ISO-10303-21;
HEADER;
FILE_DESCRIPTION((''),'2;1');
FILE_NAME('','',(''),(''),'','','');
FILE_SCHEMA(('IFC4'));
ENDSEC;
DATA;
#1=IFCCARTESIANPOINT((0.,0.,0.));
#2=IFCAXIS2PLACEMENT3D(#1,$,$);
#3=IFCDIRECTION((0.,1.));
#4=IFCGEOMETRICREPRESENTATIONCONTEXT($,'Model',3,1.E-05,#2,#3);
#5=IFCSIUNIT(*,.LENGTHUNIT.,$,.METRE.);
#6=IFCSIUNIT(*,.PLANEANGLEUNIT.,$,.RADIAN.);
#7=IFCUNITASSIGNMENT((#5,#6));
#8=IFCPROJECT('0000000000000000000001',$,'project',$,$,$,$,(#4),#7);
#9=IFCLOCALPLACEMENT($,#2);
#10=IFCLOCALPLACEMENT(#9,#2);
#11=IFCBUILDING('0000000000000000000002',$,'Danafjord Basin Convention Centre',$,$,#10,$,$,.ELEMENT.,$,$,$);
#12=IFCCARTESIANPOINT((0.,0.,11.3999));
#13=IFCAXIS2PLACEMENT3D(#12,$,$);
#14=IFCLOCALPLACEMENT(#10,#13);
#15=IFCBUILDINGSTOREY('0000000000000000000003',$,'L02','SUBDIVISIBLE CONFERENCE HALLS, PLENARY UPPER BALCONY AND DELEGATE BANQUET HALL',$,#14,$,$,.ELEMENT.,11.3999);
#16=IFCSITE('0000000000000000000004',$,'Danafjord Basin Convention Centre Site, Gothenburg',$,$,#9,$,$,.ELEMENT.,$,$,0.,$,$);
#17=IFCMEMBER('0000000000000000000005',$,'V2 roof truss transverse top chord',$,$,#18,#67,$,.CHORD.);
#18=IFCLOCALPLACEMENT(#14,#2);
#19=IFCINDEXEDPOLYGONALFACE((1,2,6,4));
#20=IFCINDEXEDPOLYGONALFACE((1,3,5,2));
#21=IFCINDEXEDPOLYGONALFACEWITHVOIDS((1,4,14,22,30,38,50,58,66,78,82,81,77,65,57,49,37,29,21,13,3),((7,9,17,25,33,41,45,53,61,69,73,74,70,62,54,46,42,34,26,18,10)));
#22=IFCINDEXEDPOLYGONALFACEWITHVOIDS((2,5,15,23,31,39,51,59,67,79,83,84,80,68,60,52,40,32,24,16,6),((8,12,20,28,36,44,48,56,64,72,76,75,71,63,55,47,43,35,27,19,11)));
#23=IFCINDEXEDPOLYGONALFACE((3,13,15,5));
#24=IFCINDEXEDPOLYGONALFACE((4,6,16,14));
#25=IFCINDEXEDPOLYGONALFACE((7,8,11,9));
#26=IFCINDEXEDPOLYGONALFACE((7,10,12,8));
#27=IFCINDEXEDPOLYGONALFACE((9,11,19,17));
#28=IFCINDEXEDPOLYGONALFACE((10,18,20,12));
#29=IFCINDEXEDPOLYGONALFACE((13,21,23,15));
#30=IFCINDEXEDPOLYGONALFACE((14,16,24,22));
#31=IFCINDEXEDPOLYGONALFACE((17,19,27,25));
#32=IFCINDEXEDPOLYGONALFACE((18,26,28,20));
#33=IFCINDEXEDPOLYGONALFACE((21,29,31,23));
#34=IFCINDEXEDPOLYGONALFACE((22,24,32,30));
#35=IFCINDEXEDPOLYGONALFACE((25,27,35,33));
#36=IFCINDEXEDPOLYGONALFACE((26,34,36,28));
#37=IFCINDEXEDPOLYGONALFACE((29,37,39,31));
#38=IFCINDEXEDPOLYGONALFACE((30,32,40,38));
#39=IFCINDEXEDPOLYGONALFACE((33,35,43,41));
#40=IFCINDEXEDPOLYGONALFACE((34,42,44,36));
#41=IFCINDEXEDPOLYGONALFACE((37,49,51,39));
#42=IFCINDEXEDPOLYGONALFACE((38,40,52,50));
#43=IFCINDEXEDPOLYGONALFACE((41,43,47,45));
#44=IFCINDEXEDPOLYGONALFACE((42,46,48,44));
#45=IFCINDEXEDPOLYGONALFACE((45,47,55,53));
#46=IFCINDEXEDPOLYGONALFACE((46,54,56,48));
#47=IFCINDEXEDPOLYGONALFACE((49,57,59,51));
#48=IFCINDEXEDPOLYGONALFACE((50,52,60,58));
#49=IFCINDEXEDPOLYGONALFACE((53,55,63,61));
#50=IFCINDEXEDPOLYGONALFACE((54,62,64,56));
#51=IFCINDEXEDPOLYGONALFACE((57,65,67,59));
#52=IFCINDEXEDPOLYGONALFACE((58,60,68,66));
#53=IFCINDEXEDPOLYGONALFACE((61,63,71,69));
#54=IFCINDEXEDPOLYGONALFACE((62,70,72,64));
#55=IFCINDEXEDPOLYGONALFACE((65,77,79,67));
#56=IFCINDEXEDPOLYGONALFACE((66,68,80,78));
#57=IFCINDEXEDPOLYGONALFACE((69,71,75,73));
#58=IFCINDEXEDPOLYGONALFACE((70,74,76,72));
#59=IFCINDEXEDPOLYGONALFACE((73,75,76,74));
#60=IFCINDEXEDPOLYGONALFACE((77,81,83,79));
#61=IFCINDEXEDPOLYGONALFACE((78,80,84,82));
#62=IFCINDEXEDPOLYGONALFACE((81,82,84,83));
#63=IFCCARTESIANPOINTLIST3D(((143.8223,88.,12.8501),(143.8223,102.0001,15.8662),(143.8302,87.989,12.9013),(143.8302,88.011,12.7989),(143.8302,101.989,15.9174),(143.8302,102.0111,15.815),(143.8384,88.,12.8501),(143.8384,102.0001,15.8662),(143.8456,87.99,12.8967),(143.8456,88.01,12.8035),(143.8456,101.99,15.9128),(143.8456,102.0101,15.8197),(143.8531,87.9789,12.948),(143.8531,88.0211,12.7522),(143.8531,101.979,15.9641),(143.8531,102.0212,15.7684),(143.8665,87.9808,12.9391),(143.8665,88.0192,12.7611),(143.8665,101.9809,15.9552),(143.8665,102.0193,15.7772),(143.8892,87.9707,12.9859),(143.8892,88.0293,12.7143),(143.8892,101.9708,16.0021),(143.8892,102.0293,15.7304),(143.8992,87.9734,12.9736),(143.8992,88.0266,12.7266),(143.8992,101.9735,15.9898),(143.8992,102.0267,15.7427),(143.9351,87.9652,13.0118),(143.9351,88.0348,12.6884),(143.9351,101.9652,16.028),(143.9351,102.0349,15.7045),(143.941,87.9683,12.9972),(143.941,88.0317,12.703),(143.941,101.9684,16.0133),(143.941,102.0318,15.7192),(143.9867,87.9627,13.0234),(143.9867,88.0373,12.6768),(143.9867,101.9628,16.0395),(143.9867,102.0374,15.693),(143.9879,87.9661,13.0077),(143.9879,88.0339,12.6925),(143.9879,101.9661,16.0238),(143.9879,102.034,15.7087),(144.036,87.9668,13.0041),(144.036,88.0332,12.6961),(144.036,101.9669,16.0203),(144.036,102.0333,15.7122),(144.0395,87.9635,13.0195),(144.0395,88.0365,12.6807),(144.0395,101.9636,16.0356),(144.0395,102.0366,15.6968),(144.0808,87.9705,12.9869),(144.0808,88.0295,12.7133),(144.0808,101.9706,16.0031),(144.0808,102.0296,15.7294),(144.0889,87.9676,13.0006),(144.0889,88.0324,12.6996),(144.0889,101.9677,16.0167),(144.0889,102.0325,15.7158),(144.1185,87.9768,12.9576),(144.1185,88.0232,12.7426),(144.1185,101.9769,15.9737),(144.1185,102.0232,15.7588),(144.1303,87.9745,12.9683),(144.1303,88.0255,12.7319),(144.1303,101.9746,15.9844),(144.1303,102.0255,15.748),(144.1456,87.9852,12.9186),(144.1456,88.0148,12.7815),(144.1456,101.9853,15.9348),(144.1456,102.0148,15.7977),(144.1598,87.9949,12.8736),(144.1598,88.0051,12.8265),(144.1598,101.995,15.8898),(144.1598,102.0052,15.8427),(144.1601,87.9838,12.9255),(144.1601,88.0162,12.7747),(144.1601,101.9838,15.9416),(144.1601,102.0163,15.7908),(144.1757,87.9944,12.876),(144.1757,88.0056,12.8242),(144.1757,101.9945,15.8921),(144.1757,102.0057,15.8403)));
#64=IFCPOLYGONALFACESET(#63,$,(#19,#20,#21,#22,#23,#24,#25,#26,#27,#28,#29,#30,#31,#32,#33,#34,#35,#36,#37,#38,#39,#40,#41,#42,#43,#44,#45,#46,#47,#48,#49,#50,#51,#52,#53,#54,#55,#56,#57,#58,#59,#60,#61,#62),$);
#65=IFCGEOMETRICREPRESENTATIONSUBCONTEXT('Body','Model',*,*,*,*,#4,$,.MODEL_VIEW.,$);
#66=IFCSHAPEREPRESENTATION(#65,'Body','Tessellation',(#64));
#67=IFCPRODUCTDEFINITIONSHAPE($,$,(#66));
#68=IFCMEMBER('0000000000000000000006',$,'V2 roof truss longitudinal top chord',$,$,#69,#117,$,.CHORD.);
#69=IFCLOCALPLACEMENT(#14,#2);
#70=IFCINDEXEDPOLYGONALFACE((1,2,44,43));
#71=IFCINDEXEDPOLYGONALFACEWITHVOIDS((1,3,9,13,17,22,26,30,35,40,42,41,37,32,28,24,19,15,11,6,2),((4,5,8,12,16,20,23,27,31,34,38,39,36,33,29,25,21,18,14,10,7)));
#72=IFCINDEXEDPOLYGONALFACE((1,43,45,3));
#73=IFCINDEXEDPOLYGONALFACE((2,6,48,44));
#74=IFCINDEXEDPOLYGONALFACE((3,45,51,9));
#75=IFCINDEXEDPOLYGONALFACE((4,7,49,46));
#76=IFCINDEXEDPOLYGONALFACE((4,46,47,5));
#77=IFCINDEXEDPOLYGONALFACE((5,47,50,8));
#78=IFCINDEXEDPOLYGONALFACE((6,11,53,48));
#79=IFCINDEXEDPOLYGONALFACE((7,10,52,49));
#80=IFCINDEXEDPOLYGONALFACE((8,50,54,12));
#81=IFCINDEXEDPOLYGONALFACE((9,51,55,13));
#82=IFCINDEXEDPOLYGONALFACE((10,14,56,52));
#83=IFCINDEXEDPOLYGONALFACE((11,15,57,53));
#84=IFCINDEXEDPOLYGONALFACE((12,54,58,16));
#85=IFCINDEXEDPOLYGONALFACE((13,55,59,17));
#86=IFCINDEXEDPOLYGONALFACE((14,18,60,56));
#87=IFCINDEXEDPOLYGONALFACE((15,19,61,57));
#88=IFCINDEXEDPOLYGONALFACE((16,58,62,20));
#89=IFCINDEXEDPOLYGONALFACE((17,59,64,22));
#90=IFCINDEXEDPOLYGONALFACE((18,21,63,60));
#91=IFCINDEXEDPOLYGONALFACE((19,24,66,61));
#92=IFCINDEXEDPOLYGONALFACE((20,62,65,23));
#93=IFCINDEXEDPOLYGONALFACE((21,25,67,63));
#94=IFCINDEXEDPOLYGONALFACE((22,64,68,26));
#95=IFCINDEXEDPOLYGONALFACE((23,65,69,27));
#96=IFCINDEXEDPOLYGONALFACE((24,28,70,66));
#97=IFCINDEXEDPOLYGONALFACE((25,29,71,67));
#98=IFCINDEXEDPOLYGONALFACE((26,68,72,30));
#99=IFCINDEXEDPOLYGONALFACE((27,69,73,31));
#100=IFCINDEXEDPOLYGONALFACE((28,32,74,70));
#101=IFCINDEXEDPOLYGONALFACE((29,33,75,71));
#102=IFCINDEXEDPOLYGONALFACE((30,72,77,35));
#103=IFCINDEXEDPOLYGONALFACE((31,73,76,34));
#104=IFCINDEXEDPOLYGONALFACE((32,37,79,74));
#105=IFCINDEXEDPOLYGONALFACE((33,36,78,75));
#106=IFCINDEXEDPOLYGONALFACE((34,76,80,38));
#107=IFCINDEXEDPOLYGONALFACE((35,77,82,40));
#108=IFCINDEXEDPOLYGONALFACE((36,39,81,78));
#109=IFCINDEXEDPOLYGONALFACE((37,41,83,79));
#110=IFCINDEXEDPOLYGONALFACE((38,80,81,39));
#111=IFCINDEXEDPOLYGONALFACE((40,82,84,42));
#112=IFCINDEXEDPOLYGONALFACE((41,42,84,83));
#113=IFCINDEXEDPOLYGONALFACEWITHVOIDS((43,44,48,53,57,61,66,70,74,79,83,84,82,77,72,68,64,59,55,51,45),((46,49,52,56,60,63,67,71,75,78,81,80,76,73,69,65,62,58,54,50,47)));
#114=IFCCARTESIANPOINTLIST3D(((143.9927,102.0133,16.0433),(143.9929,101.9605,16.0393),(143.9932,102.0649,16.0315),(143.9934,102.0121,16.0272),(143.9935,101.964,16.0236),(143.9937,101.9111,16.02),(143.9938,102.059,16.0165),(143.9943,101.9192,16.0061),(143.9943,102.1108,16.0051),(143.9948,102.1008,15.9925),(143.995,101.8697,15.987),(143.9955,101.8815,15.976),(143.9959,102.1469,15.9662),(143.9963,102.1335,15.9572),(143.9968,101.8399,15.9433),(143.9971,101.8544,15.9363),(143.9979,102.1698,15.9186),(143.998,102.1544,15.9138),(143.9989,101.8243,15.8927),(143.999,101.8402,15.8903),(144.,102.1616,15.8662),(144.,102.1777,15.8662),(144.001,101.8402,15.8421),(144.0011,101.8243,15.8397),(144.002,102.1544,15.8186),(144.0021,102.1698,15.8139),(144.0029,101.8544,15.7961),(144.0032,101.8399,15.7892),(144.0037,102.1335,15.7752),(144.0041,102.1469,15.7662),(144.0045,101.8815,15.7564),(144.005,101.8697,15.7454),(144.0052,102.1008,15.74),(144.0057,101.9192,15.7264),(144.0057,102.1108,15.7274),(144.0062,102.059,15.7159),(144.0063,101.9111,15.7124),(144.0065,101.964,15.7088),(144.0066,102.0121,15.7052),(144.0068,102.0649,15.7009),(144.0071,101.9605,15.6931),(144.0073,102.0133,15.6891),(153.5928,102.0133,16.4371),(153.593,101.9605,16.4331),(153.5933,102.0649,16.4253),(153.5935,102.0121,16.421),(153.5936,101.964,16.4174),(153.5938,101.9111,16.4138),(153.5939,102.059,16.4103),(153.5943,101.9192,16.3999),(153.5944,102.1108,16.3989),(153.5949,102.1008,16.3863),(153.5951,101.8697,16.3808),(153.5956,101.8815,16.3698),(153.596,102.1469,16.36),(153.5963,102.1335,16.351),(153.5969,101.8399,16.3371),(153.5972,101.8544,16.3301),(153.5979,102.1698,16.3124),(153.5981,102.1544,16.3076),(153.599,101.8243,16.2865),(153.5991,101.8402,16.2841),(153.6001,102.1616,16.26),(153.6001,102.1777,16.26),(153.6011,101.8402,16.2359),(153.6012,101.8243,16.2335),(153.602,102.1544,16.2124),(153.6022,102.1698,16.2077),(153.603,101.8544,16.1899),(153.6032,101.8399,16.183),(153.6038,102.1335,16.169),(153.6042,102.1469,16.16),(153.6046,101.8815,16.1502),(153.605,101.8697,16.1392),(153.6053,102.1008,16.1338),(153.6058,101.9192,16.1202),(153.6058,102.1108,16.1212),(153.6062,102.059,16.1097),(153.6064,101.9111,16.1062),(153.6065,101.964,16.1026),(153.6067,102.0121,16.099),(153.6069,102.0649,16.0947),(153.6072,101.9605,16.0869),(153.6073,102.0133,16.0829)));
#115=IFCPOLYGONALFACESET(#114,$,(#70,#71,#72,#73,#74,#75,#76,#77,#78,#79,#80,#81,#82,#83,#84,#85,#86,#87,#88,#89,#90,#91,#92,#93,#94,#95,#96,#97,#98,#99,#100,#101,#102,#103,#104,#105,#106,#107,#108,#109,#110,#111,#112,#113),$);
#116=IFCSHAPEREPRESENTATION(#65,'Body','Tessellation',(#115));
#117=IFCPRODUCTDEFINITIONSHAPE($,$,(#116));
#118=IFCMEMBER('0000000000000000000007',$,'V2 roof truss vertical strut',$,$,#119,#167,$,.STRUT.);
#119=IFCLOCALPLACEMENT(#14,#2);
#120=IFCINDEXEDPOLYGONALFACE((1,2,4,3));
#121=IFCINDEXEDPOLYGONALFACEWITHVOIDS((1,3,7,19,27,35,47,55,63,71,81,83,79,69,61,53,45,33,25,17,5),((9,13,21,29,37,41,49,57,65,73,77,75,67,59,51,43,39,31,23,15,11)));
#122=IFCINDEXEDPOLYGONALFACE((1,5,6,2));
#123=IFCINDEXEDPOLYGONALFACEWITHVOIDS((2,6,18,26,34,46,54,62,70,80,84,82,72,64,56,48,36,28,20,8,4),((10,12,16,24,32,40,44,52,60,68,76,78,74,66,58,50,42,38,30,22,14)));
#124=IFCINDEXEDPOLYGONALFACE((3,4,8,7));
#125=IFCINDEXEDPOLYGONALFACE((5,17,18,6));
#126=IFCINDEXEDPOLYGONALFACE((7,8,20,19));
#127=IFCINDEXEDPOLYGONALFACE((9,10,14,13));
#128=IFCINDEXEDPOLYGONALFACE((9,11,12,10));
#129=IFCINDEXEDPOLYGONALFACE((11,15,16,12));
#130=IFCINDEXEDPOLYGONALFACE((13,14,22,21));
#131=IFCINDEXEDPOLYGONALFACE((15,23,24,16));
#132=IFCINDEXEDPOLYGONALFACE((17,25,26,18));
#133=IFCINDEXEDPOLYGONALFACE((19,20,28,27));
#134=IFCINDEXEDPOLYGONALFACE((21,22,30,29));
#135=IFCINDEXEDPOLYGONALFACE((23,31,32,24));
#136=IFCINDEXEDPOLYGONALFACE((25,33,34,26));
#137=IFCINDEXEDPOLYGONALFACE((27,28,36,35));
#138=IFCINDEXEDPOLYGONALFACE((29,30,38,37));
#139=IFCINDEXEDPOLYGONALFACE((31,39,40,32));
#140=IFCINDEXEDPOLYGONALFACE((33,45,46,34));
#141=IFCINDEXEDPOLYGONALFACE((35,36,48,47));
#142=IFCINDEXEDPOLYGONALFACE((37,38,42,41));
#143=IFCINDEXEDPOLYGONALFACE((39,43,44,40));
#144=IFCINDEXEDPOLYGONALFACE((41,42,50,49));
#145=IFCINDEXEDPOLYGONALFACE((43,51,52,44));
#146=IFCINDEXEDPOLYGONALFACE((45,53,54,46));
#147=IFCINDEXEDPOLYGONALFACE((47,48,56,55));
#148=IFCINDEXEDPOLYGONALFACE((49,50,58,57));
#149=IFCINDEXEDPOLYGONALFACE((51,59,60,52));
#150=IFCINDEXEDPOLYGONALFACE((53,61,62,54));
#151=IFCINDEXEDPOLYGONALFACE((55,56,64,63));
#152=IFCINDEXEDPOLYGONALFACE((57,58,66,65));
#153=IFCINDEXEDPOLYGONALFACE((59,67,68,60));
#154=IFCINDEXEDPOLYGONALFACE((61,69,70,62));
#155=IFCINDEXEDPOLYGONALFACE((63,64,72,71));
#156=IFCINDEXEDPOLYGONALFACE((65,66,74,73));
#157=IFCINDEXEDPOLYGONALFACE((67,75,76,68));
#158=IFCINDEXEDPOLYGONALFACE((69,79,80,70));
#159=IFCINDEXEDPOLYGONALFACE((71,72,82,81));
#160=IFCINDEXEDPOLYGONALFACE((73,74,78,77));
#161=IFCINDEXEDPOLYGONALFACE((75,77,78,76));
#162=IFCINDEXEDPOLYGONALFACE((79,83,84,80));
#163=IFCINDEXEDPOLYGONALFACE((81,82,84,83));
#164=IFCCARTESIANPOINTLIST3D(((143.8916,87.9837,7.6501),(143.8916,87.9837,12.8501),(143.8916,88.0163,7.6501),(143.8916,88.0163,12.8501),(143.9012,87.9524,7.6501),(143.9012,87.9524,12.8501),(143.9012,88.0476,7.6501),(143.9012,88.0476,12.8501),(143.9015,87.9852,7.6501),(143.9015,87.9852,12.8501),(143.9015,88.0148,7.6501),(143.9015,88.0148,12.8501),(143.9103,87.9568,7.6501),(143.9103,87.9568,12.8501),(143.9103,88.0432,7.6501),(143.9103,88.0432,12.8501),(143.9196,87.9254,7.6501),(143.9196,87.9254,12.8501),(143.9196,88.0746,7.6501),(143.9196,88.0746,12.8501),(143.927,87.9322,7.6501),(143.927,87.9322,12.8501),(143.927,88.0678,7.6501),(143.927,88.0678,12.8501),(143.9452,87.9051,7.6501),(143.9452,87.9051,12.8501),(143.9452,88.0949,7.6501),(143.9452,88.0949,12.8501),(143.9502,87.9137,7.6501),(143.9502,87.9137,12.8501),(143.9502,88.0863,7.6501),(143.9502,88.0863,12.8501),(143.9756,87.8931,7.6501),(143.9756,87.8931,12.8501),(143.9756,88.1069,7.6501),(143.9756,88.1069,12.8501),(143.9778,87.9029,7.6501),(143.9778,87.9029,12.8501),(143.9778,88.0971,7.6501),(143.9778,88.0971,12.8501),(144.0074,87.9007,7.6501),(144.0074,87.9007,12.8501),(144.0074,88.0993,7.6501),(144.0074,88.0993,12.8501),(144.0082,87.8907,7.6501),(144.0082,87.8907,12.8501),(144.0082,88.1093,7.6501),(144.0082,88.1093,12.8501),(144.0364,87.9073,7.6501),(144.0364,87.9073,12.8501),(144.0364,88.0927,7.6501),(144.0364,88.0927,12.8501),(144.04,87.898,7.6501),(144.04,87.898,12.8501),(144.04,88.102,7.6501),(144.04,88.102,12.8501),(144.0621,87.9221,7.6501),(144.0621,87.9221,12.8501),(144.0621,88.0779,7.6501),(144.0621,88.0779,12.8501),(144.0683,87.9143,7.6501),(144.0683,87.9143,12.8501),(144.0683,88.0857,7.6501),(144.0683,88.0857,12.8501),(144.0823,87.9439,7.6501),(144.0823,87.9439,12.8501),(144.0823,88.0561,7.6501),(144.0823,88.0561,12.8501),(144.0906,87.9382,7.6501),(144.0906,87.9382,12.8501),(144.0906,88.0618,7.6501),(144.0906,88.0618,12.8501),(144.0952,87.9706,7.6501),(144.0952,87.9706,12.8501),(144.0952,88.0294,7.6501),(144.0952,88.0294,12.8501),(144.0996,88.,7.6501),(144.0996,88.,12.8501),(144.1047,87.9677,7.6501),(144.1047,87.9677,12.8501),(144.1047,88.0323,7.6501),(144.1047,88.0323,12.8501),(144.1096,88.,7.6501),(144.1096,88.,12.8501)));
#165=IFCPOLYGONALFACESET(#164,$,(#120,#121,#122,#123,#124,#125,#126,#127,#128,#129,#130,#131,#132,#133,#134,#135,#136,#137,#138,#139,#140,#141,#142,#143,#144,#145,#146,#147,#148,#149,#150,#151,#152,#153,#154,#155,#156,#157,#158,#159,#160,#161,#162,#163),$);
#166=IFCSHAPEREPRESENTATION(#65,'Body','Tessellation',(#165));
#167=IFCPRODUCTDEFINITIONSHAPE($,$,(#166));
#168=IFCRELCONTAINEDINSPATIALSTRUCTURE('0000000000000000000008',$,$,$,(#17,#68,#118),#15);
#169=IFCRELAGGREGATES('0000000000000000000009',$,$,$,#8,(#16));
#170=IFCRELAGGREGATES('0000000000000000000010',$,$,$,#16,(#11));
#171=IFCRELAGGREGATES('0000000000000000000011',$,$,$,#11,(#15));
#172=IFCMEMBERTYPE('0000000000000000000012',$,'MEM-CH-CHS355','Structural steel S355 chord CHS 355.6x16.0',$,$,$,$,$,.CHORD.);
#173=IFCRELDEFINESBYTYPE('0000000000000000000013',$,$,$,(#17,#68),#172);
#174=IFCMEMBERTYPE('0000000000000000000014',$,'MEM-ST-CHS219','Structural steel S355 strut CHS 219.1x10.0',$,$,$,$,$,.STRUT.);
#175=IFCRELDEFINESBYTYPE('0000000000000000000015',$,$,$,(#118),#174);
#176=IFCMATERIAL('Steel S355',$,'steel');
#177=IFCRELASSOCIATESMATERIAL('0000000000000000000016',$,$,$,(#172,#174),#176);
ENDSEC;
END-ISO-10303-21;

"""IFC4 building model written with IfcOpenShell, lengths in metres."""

from ifc_helpers import new_model, si_unit, direction, frame, origin, origin_2d, place, context, subcontext, project, spatial, hollow_circle, extrude, material, material_profile, profile_set, type_object, element, save


model = new_model("IFC4")

# Units and contexts
model_context = context("Model", 3, precision=1e-05, world=origin(), true_north=direction((0.0, 1.0)))
body_context = subcontext(model_context, "Body", "Model", "MODEL_VIEW")
ifc_project = project(units=[si_unit("LENGTHUNIT", "METRE"), si_unit("PLANEANGLEUNIT", "RADIAN")], contexts=[model_context])

# Site, building, storey
site_placement = place(None, origin())
site = spatial("IfcSite", under=ifc_project, at=site_placement, Name="Danafjord Basin Convention Centre Site, Gothenburg", CompositionType="ELEMENT", RefElevation=0.0)
building_placement = place(site_placement, origin())
building = spatial("IfcBuilding", under=site, at=building_placement, Name="Danafjord Basin Convention Centre", CompositionType="ELEMENT")
storey_placement = place(building_placement, frame((0.0, 0.0, 11.3999)))
storey = spatial("IfcBuildingStorey", under=building, at=storey_placement, Name="L02", Description="SUBDIVISIBLE CONFERENCE HALLS, PLENARY UPPER BALCONY AND DELEGATE BANQUET HALL", CompositionType="ELEMENT", Elevation=11.3999)

# Shared definitions
ifc_material_1 = material(Name="Steel S355", Category="steel")

# Members
ifc_material_profile_1 = material_profile(ifc_material_1, hollow_circle(Radius=0.1777, WallThickness=0.0161, at=origin_2d()), Name="CHS 355.6x16.0")
ifc_profile_set_1 = profile_set([ifc_material_profile_1], Name="Steel S355")
member_type_1 = type_object("IfcMemberType", Name="MEM-CH-CHS355", Description="Structural steel S355 chord CHS 355.6x16.0", PredefinedType="CHORD", material=ifc_profile_set_1)
member_1_placement = place(storey_placement, frame((144.0, 88.0, 12.8501), z_axis=(0.0, 0.977571, 0.210605), x_axis=(-1.0, 0.0, 0.0)))
element("IfcMember", 1, at=member_1_placement, inside=storey, type_object=member_type_1, Name="V2 roof truss transverse top chord", PredefinedType="CHORD", context=body_context, shape_type="SweptSolid", body=[
    extrude(hollow_circle(Radius=0.1777, WallThickness=0.0161, at=origin_2d()), origin(), (0.0, 0.0, 1.0), 14.3213),
])
member_2_placement = place(storey_placement, frame((144.0, 102.0, 15.8662), z_axis=(0.99916, 0.0, 0.040986), x_axis=(0.0, 1.0, 0.0)))
element("IfcMember", 2, at=member_2_placement, inside=storey, type_object=member_type_1, Name="V2 roof truss longitudinal top chord", PredefinedType="CHORD", context=body_context, shape_type="SweptSolid", body=[
    extrude(hollow_circle(Radius=0.1777, WallThickness=0.0161, at=origin_2d()), origin(), (0.0, 0.0, 1.0), 9.6082),
])
ifc_material_profile_2 = material_profile(ifc_material_1, hollow_circle(Radius=0.1096, WallThickness=0.01, at=origin_2d()), Name="CHS 219.1x10.0")
ifc_profile_set_2 = profile_set([ifc_material_profile_2], Name="Steel S355")
member_type_2 = type_object("IfcMemberType", Name="MEM-ST-CHS219", Description="Structural steel S355 strut CHS 219.1x10.0", PredefinedType="STRUT", material=ifc_profile_set_2)
member_3_placement = place(storey_placement, frame((144.0, 88.0, 7.6501), z_axis=(0.0, 0.0, 1.0), x_axis=(1.0, 0.0, 0.0)))
element("IfcMember", 3, at=member_3_placement, inside=storey, type_object=member_type_2, Name="V2 roof truss vertical strut", PredefinedType="STRUT", context=body_context, shape_type="SweptSolid", body=[
    extrude(hollow_circle(Radius=0.1096, WallThickness=0.01, at=origin_2d()), origin(), (0.0, 0.0, 1.0), 5.2),
])

save(model, "model.ifc")
